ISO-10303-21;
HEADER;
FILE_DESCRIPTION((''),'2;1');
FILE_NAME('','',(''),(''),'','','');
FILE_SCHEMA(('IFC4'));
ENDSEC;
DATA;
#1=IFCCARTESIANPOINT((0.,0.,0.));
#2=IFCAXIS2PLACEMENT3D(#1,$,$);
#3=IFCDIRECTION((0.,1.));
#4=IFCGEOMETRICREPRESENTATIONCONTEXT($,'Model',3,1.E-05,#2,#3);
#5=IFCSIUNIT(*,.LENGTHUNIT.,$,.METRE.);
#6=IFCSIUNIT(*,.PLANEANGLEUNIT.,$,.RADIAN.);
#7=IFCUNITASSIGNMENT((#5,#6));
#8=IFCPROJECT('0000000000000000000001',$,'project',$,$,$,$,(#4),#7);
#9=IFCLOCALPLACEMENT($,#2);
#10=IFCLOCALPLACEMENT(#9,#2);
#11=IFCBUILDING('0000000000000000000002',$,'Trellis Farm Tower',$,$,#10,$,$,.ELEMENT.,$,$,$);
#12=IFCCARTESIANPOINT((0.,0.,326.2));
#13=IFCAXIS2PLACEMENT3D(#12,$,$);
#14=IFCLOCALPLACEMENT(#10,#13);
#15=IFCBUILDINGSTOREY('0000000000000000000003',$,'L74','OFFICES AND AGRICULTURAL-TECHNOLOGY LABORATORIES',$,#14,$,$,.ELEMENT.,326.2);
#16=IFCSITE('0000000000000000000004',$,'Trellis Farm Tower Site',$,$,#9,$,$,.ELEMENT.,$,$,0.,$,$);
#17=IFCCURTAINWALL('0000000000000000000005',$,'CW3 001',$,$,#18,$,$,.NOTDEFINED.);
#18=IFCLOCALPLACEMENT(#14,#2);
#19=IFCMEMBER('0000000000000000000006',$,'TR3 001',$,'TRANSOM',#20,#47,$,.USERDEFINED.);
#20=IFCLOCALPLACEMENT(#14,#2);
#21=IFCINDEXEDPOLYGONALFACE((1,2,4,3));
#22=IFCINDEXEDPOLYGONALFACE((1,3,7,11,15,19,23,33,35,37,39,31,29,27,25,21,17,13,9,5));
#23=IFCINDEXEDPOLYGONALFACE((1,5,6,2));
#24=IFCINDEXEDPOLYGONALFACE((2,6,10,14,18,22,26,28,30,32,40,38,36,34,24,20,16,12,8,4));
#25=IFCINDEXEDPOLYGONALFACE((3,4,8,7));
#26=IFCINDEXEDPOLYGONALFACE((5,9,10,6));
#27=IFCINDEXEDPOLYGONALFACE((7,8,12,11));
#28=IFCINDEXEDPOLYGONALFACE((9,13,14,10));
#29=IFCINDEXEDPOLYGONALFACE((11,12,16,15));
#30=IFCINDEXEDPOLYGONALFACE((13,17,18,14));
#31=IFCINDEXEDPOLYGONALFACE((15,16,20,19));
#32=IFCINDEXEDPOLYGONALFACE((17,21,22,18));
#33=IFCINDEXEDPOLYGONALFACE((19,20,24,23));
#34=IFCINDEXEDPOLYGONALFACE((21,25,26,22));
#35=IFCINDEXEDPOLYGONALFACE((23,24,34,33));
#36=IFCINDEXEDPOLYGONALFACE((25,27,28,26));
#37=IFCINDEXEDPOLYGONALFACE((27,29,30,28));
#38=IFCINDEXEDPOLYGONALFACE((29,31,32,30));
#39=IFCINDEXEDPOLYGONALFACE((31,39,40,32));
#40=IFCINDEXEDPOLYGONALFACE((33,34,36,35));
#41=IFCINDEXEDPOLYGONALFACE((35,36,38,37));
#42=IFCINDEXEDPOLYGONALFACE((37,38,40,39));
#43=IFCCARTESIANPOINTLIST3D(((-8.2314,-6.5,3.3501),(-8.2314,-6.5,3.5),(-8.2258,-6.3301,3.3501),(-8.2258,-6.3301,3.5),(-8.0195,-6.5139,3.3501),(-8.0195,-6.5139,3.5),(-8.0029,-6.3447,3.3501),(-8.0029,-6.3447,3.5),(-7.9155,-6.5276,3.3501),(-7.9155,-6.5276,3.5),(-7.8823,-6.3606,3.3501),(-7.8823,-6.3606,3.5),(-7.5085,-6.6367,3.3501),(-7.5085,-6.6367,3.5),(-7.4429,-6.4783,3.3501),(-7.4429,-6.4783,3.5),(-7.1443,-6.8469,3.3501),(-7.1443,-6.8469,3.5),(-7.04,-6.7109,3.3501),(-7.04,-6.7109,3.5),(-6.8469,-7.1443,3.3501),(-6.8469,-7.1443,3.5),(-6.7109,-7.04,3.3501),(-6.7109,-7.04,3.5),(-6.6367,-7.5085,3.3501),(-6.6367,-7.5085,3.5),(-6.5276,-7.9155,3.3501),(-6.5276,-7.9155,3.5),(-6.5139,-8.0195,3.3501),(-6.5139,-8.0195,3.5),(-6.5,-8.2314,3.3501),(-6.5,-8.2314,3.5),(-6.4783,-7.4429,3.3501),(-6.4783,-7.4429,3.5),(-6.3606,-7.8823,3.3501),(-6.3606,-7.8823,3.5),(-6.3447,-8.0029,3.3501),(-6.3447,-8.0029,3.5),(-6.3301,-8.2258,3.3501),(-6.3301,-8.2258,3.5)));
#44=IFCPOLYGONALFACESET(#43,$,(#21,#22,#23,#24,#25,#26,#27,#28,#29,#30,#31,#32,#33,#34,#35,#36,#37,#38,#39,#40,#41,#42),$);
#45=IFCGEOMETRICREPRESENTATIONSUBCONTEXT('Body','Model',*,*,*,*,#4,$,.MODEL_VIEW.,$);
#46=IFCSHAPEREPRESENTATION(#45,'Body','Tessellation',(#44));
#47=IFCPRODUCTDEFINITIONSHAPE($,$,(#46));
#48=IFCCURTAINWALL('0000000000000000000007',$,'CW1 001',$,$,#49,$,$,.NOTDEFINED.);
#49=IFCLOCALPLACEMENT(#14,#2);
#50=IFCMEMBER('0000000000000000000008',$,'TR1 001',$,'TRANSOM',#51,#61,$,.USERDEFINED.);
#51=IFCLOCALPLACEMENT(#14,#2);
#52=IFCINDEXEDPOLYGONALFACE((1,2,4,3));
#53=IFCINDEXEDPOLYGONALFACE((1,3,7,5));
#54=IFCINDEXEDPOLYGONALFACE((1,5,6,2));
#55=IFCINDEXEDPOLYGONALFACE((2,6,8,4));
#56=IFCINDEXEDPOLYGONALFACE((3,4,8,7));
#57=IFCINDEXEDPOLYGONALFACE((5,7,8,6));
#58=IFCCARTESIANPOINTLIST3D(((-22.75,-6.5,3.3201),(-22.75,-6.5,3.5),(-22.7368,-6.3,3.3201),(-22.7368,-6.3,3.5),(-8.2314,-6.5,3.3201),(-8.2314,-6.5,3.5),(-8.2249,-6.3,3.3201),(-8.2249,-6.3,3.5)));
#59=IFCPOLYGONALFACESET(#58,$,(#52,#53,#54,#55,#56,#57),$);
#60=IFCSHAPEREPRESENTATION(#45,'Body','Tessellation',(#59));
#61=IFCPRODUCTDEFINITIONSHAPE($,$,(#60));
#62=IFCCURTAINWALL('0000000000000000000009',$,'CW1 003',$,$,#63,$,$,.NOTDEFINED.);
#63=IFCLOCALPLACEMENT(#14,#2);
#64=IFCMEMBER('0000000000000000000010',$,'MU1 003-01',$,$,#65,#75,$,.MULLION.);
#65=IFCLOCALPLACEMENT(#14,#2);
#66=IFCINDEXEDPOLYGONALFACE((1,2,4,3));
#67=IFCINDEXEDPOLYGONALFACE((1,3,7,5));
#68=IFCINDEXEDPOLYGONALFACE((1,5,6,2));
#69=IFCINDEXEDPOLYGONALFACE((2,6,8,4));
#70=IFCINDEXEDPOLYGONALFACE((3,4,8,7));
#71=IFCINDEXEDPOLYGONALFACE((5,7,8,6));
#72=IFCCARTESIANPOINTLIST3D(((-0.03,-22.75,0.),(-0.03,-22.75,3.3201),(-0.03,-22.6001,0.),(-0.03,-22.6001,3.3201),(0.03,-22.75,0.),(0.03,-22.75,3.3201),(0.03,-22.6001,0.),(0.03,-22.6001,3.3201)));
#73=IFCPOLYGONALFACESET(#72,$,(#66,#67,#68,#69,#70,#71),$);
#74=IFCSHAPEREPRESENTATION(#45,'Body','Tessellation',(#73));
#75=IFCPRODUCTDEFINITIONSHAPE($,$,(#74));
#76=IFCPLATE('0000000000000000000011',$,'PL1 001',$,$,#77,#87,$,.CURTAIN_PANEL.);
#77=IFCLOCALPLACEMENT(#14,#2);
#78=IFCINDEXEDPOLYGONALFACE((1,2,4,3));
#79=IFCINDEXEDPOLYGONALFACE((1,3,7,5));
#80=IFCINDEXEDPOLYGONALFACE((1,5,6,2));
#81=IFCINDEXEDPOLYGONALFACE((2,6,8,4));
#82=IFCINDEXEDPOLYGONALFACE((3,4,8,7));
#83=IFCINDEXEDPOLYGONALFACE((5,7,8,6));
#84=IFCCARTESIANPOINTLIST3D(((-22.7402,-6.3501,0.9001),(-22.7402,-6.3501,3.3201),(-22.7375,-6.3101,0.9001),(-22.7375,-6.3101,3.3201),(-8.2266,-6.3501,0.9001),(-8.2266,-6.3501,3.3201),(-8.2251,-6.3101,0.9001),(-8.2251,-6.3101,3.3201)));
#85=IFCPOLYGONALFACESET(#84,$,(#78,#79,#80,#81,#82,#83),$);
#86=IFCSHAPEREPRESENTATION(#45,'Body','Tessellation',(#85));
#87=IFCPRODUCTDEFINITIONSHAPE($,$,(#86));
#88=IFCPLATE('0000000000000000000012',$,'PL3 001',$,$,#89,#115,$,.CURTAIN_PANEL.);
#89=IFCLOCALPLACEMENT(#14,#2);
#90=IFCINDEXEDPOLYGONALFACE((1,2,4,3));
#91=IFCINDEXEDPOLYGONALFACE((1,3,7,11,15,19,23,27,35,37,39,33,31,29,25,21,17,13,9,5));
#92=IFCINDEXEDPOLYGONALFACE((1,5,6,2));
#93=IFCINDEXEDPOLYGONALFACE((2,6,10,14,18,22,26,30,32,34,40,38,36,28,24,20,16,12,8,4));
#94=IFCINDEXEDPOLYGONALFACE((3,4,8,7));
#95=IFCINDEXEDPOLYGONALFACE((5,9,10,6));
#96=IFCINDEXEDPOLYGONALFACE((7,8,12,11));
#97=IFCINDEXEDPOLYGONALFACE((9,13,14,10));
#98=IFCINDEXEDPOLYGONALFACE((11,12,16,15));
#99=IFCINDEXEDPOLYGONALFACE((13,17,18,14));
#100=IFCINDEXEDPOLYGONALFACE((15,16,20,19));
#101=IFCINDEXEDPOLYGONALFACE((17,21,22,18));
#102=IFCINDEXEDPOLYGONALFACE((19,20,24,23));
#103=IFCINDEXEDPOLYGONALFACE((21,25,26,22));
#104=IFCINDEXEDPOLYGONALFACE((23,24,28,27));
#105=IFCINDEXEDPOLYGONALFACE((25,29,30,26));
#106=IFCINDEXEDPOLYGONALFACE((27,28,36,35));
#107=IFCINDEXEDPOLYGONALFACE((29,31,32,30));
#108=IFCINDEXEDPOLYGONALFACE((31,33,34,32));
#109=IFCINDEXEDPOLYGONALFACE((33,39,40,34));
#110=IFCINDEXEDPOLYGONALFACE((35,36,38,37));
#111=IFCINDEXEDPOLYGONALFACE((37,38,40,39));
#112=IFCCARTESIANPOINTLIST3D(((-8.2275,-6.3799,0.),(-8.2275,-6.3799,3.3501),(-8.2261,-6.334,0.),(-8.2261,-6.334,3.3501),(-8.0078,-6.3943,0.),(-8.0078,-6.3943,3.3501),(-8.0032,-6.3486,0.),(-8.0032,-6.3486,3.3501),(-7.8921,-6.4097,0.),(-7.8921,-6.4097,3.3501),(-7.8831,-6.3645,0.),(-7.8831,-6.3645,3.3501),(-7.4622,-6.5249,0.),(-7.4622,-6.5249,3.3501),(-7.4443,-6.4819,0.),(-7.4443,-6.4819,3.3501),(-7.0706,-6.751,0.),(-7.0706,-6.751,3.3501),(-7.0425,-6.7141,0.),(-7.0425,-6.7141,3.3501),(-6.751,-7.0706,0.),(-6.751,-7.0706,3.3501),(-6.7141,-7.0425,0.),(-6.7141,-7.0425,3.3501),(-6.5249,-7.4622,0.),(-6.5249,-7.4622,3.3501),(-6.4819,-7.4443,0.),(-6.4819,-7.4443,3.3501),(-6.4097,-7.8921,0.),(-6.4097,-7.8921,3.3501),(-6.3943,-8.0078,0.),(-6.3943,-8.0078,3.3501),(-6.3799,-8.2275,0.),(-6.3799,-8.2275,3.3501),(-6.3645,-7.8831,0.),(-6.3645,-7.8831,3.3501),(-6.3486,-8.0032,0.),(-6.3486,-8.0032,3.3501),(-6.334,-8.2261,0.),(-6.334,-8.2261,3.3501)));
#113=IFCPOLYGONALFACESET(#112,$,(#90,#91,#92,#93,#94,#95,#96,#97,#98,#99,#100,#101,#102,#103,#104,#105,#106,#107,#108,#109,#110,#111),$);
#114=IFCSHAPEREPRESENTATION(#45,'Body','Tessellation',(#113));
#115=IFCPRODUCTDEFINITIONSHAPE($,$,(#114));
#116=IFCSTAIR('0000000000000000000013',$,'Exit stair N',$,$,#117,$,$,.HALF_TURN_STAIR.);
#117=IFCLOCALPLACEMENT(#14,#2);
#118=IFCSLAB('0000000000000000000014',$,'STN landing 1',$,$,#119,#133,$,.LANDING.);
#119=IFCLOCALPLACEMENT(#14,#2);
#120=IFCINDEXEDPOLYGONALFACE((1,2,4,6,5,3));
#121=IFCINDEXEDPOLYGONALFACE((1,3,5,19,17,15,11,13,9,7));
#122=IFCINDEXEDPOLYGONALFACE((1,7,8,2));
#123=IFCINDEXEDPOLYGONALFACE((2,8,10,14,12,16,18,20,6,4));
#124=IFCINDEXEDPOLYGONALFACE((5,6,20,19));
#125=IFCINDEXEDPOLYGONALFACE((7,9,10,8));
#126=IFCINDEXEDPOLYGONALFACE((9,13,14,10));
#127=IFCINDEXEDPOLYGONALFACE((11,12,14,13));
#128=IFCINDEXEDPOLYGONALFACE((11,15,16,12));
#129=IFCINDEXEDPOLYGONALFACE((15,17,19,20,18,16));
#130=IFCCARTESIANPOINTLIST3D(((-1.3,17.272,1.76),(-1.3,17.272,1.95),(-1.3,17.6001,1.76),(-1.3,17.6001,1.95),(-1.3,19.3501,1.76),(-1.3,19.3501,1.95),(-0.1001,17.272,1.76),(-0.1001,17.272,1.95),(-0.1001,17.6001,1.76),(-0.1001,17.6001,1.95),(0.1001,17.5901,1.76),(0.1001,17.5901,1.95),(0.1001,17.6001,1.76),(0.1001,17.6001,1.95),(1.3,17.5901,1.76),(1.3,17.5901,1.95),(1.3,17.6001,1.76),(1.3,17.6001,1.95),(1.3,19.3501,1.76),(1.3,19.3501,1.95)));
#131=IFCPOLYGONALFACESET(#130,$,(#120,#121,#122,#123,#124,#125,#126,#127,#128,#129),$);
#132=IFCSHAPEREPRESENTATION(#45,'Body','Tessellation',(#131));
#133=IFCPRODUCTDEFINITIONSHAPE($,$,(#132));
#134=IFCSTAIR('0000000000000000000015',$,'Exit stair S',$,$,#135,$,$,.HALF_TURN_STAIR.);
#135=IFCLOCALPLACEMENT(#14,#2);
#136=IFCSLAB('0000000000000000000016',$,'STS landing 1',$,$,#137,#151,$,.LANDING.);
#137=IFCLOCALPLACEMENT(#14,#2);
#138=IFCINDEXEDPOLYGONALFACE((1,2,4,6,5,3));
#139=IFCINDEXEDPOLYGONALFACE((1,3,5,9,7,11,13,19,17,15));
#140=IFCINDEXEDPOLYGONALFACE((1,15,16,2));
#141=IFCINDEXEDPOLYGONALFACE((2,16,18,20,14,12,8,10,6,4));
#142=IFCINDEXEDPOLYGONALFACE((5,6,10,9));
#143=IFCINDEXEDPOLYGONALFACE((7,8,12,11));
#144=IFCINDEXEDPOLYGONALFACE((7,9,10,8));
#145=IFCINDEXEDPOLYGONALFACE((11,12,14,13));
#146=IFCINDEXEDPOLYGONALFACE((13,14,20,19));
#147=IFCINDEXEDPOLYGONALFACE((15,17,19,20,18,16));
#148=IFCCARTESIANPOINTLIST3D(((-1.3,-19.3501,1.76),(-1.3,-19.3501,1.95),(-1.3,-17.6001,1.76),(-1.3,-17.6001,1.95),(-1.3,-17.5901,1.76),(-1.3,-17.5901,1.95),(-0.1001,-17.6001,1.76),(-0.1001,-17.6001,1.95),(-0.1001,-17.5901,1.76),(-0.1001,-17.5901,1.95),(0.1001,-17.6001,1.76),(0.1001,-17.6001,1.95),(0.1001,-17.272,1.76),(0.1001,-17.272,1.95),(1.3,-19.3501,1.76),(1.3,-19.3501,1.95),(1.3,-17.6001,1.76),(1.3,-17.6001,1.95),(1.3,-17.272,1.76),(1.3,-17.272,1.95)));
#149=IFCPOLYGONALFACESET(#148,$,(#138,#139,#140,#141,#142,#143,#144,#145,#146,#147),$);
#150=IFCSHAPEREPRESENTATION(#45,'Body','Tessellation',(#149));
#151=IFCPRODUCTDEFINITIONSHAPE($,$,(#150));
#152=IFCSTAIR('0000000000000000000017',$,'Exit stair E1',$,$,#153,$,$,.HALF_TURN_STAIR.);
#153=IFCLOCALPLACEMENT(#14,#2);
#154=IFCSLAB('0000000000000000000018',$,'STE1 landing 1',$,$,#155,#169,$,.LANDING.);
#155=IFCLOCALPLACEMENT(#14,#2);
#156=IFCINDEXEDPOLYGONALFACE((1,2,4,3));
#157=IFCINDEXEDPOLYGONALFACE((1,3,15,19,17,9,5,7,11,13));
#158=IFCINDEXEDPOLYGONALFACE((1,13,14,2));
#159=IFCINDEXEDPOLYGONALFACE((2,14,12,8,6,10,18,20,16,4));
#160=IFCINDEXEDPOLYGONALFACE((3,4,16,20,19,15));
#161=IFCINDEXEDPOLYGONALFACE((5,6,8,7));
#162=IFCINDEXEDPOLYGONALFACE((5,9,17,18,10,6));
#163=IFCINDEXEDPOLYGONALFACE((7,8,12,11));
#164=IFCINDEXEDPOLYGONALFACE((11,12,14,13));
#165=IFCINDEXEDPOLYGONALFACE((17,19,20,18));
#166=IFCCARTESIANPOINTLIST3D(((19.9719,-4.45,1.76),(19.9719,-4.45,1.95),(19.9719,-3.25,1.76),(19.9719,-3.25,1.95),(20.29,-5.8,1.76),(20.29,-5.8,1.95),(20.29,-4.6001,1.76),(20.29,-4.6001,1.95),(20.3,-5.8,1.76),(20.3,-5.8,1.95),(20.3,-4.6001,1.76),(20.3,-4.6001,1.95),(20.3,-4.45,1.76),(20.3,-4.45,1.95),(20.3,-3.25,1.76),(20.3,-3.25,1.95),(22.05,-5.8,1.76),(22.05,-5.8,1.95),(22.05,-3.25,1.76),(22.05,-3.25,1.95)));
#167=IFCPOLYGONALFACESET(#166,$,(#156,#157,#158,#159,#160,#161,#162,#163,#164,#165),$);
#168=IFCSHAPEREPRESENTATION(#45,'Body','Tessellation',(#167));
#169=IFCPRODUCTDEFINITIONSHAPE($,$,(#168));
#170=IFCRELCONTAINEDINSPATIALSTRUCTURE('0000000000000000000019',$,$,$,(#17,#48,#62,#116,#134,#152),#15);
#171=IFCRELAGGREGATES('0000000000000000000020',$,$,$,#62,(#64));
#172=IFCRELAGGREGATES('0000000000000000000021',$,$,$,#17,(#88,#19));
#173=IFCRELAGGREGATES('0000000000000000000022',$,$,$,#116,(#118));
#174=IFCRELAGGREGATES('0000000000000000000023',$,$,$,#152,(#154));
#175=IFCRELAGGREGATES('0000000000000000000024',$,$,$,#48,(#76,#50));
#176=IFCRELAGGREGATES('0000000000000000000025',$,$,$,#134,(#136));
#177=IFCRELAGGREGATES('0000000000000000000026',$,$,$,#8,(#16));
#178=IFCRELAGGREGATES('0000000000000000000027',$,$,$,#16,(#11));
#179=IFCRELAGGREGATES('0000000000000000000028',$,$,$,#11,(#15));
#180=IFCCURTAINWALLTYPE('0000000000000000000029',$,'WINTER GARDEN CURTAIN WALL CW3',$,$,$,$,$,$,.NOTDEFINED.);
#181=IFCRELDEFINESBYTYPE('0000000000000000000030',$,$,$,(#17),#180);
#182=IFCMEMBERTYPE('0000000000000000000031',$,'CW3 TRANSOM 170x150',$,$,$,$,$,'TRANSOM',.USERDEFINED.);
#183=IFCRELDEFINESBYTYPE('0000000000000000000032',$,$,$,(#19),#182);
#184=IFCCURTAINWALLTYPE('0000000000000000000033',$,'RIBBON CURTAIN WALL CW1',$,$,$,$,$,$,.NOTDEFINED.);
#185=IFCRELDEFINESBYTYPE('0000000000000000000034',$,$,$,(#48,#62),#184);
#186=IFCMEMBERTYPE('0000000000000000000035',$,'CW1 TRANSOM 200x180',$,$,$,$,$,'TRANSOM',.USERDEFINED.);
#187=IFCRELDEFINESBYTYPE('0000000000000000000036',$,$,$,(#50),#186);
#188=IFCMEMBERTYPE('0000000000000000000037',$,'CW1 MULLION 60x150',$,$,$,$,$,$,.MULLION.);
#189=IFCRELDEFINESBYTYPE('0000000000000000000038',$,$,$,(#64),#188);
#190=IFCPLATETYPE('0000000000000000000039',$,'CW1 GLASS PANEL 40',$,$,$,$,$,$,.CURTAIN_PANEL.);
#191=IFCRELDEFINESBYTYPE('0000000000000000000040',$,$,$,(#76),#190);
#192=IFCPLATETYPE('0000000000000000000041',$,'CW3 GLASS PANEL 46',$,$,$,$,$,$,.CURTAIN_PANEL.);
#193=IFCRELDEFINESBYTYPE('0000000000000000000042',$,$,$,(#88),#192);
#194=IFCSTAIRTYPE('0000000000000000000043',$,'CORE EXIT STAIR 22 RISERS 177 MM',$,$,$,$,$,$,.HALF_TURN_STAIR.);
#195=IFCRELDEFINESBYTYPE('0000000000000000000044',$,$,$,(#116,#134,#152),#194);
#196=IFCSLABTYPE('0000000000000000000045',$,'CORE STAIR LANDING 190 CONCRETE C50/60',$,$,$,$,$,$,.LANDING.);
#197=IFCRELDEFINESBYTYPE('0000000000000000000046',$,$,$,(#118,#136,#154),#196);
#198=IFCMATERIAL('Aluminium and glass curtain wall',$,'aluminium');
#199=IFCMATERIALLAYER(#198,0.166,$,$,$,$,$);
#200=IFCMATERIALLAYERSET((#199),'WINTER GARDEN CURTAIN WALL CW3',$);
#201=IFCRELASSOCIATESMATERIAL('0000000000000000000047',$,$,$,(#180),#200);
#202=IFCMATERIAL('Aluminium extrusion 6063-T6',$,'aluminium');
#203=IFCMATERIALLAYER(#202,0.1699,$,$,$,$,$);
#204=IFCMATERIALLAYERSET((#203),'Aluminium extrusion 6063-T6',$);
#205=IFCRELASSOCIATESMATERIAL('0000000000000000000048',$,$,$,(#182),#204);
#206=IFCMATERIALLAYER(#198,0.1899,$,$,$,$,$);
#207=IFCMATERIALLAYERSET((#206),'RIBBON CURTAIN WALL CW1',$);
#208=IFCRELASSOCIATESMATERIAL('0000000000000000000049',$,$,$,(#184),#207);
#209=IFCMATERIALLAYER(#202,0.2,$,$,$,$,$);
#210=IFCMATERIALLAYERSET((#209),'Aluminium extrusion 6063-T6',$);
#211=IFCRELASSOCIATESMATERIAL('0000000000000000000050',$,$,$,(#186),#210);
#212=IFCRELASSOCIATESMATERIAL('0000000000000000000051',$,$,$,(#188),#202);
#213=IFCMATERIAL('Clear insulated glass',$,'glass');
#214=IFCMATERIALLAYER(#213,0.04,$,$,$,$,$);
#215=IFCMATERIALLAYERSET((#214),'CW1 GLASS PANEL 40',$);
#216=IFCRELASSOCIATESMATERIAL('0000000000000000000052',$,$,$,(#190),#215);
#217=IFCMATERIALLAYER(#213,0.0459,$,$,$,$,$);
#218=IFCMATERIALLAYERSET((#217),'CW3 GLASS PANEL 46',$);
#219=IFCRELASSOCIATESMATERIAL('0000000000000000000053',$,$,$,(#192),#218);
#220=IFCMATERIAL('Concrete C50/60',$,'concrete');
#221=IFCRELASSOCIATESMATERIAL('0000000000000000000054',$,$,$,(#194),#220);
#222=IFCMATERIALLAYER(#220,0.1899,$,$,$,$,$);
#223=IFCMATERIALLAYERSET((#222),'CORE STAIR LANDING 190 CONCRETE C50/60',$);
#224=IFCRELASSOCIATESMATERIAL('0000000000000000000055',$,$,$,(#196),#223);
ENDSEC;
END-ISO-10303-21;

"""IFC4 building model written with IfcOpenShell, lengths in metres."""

from ifc_helpers import new_model, si_unit, direction, frame, origin, origin_2d, place, context, subcontext, project, spatial, polyline, rectangle, outline, extrude, source, transform, mapped, material, layer, layer_set, material_profile, profile_set, type_object, element, aggregate, save


model = new_model("IFC4")

# Units and contexts
model_context = context("Model", 3, precision=1e-05, world=origin(), true_north=direction((0.0, 1.0)))
body_context = subcontext(model_context, "Body", "Model", "MODEL_VIEW")
ifc_project = project(units=[si_unit("LENGTHUNIT", "METRE"), si_unit("PLANEANGLEUNIT", "RADIAN")], contexts=[model_context])

# Site, building, storey
site_placement = place(None, origin())
site = spatial("IfcSite", under=ifc_project, at=site_placement, Name="Trellis Farm Tower Site", CompositionType="ELEMENT", RefElevation=0.0)
building_placement = place(site_placement, origin())
building = spatial("IfcBuilding", under=site, at=building_placement, Name="Trellis Farm Tower", CompositionType="ELEMENT")
storey_placement = place(building_placement, frame((0.0, 0.0, 326.2)))
storey = spatial("IfcBuildingStorey", under=building, at=storey_placement, Name="L74", Description="OFFICES AND AGRICULTURAL-TECHNOLOGY LABORATORIES", CompositionType="ELEMENT", Elevation=326.2)

# Curtain walls, members
ifc_material_1 = material(Name="Aluminium and glass curtain wall", Category="aluminium")
ifc_layer_1 = layer(ifc_material_1, 0.166)
ifc_layer_set_1 = layer_set([ifc_layer_1], Name="WINTER GARDEN CURTAIN WALL CW3")
curtain_wall_type_1 = type_object("IfcCurtainWallType", Name="WINTER GARDEN CURTAIN WALL CW3", PredefinedType="NOTDEFINED", material=ifc_layer_set_1)
placement_1 = place(storey_placement, origin())
curtain_wall_1 = element("IfcCurtainWall", 1, at=placement_1, inside=storey, type_object=curtain_wall_type_1, Name="CW3 001", PredefinedType="NOTDEFINED")
ifc_material_2 = material(Name="Aluminium extrusion 6063-T6", Category="aluminium")
ifc_layer_2 = layer(ifc_material_2, 0.1699)
ifc_layer_set_2 = layer_set([ifc_layer_2], Name="Aluminium extrusion 6063-T6")
member_type_1 = type_object("IfcMemberType", Name="CW3 TRANSOM 170x150", ElementType="TRANSOM", PredefinedType="USERDEFINED", material=ifc_layer_set_2)
shared_shape_1 = source(origin(), body_context, "Body", "SweptSolid", [
    extrude(outline(polyline([(-8.2314, -6.5), (-8.0195, -6.5139), (-7.9155, -6.5276), (-7.5085, -6.6367), (-7.1443, -6.8469), (-6.8469, -7.1443), (-6.6367, -7.5085), (-6.5276, -7.9155), (-6.5139, -8.0195), (-6.5, -8.2314), (-6.3301, -8.2258), (-6.3447, -8.0029), (-6.3606, -7.8823), (-6.4783, -7.4429), (-6.7109, -7.04), (-7.04, -6.7109), (-7.4429, -6.4783), (-7.8823, -6.3606), (-8.0029, -6.3447), (-8.2258, -6.3301), (-8.2314, -6.5)])), origin(), (0.0, 0.0, 1.0), 0.1499),
])
member_1_placement = place(storey_placement, frame((0.0, 0.0, 3.3501)))
member_1 = element("IfcMember", 2, at=member_1_placement, type_object=member_type_1, Name="TR3 001", ObjectType="TRANSOM", PredefinedType="USERDEFINED", context=body_context, shape_type="MappedRepresentation", body=[
    mapped(shared_shape_1, transform((0.0, 0.0, 0.0))),
])
ifc_layer_3 = layer(ifc_material_1, 0.1899)
ifc_layer_set_3 = layer_set([ifc_layer_3], Name="RIBBON CURTAIN WALL CW1")
curtain_wall_type_2 = type_object("IfcCurtainWallType", Name="RIBBON CURTAIN WALL CW1", PredefinedType="NOTDEFINED", material=ifc_layer_set_3)
curtain_wall_2 = element("IfcCurtainWall", 3, at=placement_1, inside=storey, type_object=curtain_wall_type_2, Name="CW1 001", PredefinedType="NOTDEFINED")
ifc_layer_4 = layer(ifc_material_2, 0.2)
ifc_layer_set_4 = layer_set([ifc_layer_4], Name="Aluminium extrusion 6063-T6")
member_type_2 = type_object("IfcMemberType", Name="CW1 TRANSOM 200x180", ElementType="TRANSOM", PredefinedType="USERDEFINED", material=ifc_layer_set_4)
shared_shape_2 = source(origin(), body_context, "Body", "SweptSolid", [
    extrude(outline(polyline([(-22.75, -6.5), (-8.2314, -6.5), (-8.2249, -6.3), (-22.7368, -6.3), (-22.75, -6.5)])), origin(), (0.0, 0.0, 1.0), 0.1799),
])
member_2_placement = place(storey_placement, frame((0.0, 0.0, 3.3201)))
member_2 = element("IfcMember", 4, at=member_2_placement, type_object=member_type_2, Name="TR1 001", ObjectType="TRANSOM", PredefinedType="USERDEFINED", context=body_context, shape_type="MappedRepresentation", body=[
    mapped(shared_shape_2, transform((0.0, 0.0, 0.0))),
])
curtain_wall_3 = element("IfcCurtainWall", 5, at=placement_1, inside=storey, type_object=curtain_wall_type_2, Name="CW1 003", PredefinedType="NOTDEFINED")
ifc_material_profile_1 = material_profile(ifc_material_2, rectangle(XDim=0.0601, YDim=0.1499, at=origin_2d()), Name="MULLION 60x150")
ifc_profile_set_1 = profile_set([ifc_material_profile_1], Name="Aluminium extrusion 6063-T6")
member_type_3 = type_object("IfcMemberType", Name="CW1 MULLION 60x150", PredefinedType="MULLION", material=ifc_profile_set_1)
shared_shape_3 = source(origin(), body_context, "Body", "SweptSolid", [
    extrude(rectangle(XDim=0.0601, YDim=0.1499, at=origin_2d()), origin(), (0.0, 0.0, 1.0), 3.3201),
])
member_3_placement = place(storey_placement, frame((0.0, -22.675, 0.0), z_axis=(0.0, 0.0, 1.0), x_axis=(1.0, 0.0, 0.0)))
member_3 = element("IfcMember", 6, at=member_3_placement, type_object=member_type_3, Name="MU1 003-01", PredefinedType="MULLION", context=body_context, shape_type="MappedRepresentation", body=[
    mapped(shared_shape_3, transform((0.0, 0.0, 0.0))),
])
aggregate(curtain_wall_3, [member_3])

# Plates
ifc_material_3 = material(Name="Clear insulated glass", Category="glass")
ifc_layer_5 = layer(ifc_material_3, 0.04)
ifc_layer_set_5 = layer_set([ifc_layer_5], Name="CW1 GLASS PANEL 40")
plate_type_1 = type_object("IfcPlateType", Name="CW1 GLASS PANEL 40", PredefinedType="CURTAIN_PANEL", material=ifc_layer_set_5)
plate_1_placement = place(storey_placement, frame((0.0, 0.0, 0.9001)))
plate_1 = element("IfcPlate", 7, at=plate_1_placement, type_object=plate_type_1, Name="PL1 001", PredefinedType="CURTAIN_PANEL", context=body_context, shape_type="SweptSolid", body=[
    extrude(outline(polyline([(-22.7402, -6.3501), (-8.2266, -6.3501), (-8.2251, -6.3101), (-22.7375, -6.3101), (-22.7402, -6.3501)])), origin(), (0.0, 0.0, 1.0), 2.4199),
])
ifc_layer_6 = layer(ifc_material_3, 0.0459)
ifc_layer_set_6 = layer_set([ifc_layer_6], Name="CW3 GLASS PANEL 46")
plate_type_2 = type_object("IfcPlateType", Name="CW3 GLASS PANEL 46", PredefinedType="CURTAIN_PANEL", material=ifc_layer_set_6)
plate_2 = element("IfcPlate", 8, at=placement_1, type_object=plate_type_2, Name="PL3 001", PredefinedType="CURTAIN_PANEL", context=body_context, shape_type="SweptSolid", body=[
    extrude(outline(polyline([(-8.2275, -6.3799), (-8.0078, -6.3943), (-7.8921, -6.4097), (-7.4622, -6.5249), (-7.0706, -6.751), (-6.751, -7.0706), (-6.5249, -7.4622), (-6.4097, -7.8921), (-6.3943, -8.0078), (-6.3799, -8.2275), (-6.334, -8.2261), (-6.3486, -8.0032), (-6.3645, -7.8831), (-6.4819, -7.4443), (-6.7141, -7.0425), (-7.0425, -6.7141), (-7.4443, -6.4819), (-7.8831, -6.3645), (-8.0032, -6.3486), (-8.2261, -6.334), (-8.2275, -6.3799)])), origin(), (0.0, 0.0, 1.0), 3.3501),
])
aggregate(curtain_wall_1, [plate_2, member_1])

# Stairs, slabs
ifc_material_4 = material(Name="Concrete C50/60", Category="concrete")
stair_type = type_object("IfcStairType", Name="CORE EXIT STAIR 22 RISERS 177 MM", PredefinedType="HALF_TURN_STAIR", material=ifc_material_4)
stair_1 = element("IfcStair", 9, at=placement_1, inside=storey, type_object=stair_type, Name="Exit stair N", PredefinedType="HALF_TURN_STAIR")
ifc_layer_7 = layer(ifc_material_4, 0.1899)
ifc_layer_set_7 = layer_set([ifc_layer_7], Name="CORE STAIR LANDING 190 CONCRETE C50/60")
slab_type_1 = type_object("IfcSlabType", Name="CORE STAIR LANDING 190 CONCRETE C50/60", PredefinedType="LANDING", material=ifc_layer_set_7)
shared_shape_4 = source(origin(), body_context, "Body", "SweptSolid", [
    extrude(outline(polyline([(-0.1001, 17.272), (-1.3, 17.272), (-1.3, 17.6001), (-1.3, 19.3501), (1.3, 19.3501), (1.3, 17.6001), (1.3, 17.5901), (0.1001, 17.5901), (0.1001, 17.6001), (-0.1001, 17.6001), (-0.1001, 17.272)])), origin(), (0.0, 0.0, 1.0), 0.1899),
])
placement_2 = place(storey_placement, frame((0.0, 0.0, 1.76)))
slab_1 = element("IfcSlab", 10, at=placement_2, type_object=slab_type_1, Name="STN landing 1", PredefinedType="LANDING", context=body_context, shape_type="MappedRepresentation", body=[
    mapped(shared_shape_4, transform((0.0, 0.0, 0.0))),
])
aggregate(stair_1, [slab_1])
stair_2 = element("IfcStair", 11, at=placement_1, inside=storey, type_object=stair_type, Name="Exit stair S", PredefinedType="HALF_TURN_STAIR")
shared_shape_5 = source(origin(), body_context, "Body", "SweptSolid", [
    extrude(outline(polyline([(1.3, -19.3501), (-1.3, -19.3501), (-1.3, -17.6001), (-1.3, -17.5901), (-0.1001, -17.5901), (-0.1001, -17.6001), (0.1001, -17.6001), (0.1001, -17.272), (1.3, -17.272), (1.3, -17.6001), (1.3, -19.3501)])), origin(), (0.0, 0.0, 1.0), 0.1899),
])
slab_2 = element("IfcSlab", 12, at=placement_2, type_object=slab_type_1, Name="STS landing 1", PredefinedType="LANDING", context=body_context, shape_type="MappedRepresentation", body=[
    mapped(shared_shape_5, transform((0.0, 0.0, 0.0))),
])
stair_3 = element("IfcStair", 13, at=placement_1, inside=storey, type_object=stair_type, Name="Exit stair E1", PredefinedType="HALF_TURN_STAIR")
shared_shape_6 = source(origin(), body_context, "Body", "SweptSolid", [
    extrude(outline(polyline([(20.29, -5.8), (20.29, -4.6001), (20.3, -4.6001), (20.3, -4.45), (19.9719, -4.45), (19.9719, -3.25), (20.3, -3.25), (22.05, -3.25), (22.05, -5.8), (20.3, -5.8), (20.29, -5.8)])), origin(), (0.0, 0.0, 1.0), 0.1899),
])
slab_3 = element("IfcSlab", 14, at=placement_2, type_object=slab_type_1, Name="STE1 landing 1", PredefinedType="LANDING", context=body_context, shape_type="MappedRepresentation", body=[
    mapped(shared_shape_6, transform((0.0, 0.0, 0.0))),
])
aggregate(stair_3, [slab_3])

aggregate(curtain_wall_2, [plate_1, member_2])

aggregate(stair_2, [slab_2])

save(model, "model.ifc")
